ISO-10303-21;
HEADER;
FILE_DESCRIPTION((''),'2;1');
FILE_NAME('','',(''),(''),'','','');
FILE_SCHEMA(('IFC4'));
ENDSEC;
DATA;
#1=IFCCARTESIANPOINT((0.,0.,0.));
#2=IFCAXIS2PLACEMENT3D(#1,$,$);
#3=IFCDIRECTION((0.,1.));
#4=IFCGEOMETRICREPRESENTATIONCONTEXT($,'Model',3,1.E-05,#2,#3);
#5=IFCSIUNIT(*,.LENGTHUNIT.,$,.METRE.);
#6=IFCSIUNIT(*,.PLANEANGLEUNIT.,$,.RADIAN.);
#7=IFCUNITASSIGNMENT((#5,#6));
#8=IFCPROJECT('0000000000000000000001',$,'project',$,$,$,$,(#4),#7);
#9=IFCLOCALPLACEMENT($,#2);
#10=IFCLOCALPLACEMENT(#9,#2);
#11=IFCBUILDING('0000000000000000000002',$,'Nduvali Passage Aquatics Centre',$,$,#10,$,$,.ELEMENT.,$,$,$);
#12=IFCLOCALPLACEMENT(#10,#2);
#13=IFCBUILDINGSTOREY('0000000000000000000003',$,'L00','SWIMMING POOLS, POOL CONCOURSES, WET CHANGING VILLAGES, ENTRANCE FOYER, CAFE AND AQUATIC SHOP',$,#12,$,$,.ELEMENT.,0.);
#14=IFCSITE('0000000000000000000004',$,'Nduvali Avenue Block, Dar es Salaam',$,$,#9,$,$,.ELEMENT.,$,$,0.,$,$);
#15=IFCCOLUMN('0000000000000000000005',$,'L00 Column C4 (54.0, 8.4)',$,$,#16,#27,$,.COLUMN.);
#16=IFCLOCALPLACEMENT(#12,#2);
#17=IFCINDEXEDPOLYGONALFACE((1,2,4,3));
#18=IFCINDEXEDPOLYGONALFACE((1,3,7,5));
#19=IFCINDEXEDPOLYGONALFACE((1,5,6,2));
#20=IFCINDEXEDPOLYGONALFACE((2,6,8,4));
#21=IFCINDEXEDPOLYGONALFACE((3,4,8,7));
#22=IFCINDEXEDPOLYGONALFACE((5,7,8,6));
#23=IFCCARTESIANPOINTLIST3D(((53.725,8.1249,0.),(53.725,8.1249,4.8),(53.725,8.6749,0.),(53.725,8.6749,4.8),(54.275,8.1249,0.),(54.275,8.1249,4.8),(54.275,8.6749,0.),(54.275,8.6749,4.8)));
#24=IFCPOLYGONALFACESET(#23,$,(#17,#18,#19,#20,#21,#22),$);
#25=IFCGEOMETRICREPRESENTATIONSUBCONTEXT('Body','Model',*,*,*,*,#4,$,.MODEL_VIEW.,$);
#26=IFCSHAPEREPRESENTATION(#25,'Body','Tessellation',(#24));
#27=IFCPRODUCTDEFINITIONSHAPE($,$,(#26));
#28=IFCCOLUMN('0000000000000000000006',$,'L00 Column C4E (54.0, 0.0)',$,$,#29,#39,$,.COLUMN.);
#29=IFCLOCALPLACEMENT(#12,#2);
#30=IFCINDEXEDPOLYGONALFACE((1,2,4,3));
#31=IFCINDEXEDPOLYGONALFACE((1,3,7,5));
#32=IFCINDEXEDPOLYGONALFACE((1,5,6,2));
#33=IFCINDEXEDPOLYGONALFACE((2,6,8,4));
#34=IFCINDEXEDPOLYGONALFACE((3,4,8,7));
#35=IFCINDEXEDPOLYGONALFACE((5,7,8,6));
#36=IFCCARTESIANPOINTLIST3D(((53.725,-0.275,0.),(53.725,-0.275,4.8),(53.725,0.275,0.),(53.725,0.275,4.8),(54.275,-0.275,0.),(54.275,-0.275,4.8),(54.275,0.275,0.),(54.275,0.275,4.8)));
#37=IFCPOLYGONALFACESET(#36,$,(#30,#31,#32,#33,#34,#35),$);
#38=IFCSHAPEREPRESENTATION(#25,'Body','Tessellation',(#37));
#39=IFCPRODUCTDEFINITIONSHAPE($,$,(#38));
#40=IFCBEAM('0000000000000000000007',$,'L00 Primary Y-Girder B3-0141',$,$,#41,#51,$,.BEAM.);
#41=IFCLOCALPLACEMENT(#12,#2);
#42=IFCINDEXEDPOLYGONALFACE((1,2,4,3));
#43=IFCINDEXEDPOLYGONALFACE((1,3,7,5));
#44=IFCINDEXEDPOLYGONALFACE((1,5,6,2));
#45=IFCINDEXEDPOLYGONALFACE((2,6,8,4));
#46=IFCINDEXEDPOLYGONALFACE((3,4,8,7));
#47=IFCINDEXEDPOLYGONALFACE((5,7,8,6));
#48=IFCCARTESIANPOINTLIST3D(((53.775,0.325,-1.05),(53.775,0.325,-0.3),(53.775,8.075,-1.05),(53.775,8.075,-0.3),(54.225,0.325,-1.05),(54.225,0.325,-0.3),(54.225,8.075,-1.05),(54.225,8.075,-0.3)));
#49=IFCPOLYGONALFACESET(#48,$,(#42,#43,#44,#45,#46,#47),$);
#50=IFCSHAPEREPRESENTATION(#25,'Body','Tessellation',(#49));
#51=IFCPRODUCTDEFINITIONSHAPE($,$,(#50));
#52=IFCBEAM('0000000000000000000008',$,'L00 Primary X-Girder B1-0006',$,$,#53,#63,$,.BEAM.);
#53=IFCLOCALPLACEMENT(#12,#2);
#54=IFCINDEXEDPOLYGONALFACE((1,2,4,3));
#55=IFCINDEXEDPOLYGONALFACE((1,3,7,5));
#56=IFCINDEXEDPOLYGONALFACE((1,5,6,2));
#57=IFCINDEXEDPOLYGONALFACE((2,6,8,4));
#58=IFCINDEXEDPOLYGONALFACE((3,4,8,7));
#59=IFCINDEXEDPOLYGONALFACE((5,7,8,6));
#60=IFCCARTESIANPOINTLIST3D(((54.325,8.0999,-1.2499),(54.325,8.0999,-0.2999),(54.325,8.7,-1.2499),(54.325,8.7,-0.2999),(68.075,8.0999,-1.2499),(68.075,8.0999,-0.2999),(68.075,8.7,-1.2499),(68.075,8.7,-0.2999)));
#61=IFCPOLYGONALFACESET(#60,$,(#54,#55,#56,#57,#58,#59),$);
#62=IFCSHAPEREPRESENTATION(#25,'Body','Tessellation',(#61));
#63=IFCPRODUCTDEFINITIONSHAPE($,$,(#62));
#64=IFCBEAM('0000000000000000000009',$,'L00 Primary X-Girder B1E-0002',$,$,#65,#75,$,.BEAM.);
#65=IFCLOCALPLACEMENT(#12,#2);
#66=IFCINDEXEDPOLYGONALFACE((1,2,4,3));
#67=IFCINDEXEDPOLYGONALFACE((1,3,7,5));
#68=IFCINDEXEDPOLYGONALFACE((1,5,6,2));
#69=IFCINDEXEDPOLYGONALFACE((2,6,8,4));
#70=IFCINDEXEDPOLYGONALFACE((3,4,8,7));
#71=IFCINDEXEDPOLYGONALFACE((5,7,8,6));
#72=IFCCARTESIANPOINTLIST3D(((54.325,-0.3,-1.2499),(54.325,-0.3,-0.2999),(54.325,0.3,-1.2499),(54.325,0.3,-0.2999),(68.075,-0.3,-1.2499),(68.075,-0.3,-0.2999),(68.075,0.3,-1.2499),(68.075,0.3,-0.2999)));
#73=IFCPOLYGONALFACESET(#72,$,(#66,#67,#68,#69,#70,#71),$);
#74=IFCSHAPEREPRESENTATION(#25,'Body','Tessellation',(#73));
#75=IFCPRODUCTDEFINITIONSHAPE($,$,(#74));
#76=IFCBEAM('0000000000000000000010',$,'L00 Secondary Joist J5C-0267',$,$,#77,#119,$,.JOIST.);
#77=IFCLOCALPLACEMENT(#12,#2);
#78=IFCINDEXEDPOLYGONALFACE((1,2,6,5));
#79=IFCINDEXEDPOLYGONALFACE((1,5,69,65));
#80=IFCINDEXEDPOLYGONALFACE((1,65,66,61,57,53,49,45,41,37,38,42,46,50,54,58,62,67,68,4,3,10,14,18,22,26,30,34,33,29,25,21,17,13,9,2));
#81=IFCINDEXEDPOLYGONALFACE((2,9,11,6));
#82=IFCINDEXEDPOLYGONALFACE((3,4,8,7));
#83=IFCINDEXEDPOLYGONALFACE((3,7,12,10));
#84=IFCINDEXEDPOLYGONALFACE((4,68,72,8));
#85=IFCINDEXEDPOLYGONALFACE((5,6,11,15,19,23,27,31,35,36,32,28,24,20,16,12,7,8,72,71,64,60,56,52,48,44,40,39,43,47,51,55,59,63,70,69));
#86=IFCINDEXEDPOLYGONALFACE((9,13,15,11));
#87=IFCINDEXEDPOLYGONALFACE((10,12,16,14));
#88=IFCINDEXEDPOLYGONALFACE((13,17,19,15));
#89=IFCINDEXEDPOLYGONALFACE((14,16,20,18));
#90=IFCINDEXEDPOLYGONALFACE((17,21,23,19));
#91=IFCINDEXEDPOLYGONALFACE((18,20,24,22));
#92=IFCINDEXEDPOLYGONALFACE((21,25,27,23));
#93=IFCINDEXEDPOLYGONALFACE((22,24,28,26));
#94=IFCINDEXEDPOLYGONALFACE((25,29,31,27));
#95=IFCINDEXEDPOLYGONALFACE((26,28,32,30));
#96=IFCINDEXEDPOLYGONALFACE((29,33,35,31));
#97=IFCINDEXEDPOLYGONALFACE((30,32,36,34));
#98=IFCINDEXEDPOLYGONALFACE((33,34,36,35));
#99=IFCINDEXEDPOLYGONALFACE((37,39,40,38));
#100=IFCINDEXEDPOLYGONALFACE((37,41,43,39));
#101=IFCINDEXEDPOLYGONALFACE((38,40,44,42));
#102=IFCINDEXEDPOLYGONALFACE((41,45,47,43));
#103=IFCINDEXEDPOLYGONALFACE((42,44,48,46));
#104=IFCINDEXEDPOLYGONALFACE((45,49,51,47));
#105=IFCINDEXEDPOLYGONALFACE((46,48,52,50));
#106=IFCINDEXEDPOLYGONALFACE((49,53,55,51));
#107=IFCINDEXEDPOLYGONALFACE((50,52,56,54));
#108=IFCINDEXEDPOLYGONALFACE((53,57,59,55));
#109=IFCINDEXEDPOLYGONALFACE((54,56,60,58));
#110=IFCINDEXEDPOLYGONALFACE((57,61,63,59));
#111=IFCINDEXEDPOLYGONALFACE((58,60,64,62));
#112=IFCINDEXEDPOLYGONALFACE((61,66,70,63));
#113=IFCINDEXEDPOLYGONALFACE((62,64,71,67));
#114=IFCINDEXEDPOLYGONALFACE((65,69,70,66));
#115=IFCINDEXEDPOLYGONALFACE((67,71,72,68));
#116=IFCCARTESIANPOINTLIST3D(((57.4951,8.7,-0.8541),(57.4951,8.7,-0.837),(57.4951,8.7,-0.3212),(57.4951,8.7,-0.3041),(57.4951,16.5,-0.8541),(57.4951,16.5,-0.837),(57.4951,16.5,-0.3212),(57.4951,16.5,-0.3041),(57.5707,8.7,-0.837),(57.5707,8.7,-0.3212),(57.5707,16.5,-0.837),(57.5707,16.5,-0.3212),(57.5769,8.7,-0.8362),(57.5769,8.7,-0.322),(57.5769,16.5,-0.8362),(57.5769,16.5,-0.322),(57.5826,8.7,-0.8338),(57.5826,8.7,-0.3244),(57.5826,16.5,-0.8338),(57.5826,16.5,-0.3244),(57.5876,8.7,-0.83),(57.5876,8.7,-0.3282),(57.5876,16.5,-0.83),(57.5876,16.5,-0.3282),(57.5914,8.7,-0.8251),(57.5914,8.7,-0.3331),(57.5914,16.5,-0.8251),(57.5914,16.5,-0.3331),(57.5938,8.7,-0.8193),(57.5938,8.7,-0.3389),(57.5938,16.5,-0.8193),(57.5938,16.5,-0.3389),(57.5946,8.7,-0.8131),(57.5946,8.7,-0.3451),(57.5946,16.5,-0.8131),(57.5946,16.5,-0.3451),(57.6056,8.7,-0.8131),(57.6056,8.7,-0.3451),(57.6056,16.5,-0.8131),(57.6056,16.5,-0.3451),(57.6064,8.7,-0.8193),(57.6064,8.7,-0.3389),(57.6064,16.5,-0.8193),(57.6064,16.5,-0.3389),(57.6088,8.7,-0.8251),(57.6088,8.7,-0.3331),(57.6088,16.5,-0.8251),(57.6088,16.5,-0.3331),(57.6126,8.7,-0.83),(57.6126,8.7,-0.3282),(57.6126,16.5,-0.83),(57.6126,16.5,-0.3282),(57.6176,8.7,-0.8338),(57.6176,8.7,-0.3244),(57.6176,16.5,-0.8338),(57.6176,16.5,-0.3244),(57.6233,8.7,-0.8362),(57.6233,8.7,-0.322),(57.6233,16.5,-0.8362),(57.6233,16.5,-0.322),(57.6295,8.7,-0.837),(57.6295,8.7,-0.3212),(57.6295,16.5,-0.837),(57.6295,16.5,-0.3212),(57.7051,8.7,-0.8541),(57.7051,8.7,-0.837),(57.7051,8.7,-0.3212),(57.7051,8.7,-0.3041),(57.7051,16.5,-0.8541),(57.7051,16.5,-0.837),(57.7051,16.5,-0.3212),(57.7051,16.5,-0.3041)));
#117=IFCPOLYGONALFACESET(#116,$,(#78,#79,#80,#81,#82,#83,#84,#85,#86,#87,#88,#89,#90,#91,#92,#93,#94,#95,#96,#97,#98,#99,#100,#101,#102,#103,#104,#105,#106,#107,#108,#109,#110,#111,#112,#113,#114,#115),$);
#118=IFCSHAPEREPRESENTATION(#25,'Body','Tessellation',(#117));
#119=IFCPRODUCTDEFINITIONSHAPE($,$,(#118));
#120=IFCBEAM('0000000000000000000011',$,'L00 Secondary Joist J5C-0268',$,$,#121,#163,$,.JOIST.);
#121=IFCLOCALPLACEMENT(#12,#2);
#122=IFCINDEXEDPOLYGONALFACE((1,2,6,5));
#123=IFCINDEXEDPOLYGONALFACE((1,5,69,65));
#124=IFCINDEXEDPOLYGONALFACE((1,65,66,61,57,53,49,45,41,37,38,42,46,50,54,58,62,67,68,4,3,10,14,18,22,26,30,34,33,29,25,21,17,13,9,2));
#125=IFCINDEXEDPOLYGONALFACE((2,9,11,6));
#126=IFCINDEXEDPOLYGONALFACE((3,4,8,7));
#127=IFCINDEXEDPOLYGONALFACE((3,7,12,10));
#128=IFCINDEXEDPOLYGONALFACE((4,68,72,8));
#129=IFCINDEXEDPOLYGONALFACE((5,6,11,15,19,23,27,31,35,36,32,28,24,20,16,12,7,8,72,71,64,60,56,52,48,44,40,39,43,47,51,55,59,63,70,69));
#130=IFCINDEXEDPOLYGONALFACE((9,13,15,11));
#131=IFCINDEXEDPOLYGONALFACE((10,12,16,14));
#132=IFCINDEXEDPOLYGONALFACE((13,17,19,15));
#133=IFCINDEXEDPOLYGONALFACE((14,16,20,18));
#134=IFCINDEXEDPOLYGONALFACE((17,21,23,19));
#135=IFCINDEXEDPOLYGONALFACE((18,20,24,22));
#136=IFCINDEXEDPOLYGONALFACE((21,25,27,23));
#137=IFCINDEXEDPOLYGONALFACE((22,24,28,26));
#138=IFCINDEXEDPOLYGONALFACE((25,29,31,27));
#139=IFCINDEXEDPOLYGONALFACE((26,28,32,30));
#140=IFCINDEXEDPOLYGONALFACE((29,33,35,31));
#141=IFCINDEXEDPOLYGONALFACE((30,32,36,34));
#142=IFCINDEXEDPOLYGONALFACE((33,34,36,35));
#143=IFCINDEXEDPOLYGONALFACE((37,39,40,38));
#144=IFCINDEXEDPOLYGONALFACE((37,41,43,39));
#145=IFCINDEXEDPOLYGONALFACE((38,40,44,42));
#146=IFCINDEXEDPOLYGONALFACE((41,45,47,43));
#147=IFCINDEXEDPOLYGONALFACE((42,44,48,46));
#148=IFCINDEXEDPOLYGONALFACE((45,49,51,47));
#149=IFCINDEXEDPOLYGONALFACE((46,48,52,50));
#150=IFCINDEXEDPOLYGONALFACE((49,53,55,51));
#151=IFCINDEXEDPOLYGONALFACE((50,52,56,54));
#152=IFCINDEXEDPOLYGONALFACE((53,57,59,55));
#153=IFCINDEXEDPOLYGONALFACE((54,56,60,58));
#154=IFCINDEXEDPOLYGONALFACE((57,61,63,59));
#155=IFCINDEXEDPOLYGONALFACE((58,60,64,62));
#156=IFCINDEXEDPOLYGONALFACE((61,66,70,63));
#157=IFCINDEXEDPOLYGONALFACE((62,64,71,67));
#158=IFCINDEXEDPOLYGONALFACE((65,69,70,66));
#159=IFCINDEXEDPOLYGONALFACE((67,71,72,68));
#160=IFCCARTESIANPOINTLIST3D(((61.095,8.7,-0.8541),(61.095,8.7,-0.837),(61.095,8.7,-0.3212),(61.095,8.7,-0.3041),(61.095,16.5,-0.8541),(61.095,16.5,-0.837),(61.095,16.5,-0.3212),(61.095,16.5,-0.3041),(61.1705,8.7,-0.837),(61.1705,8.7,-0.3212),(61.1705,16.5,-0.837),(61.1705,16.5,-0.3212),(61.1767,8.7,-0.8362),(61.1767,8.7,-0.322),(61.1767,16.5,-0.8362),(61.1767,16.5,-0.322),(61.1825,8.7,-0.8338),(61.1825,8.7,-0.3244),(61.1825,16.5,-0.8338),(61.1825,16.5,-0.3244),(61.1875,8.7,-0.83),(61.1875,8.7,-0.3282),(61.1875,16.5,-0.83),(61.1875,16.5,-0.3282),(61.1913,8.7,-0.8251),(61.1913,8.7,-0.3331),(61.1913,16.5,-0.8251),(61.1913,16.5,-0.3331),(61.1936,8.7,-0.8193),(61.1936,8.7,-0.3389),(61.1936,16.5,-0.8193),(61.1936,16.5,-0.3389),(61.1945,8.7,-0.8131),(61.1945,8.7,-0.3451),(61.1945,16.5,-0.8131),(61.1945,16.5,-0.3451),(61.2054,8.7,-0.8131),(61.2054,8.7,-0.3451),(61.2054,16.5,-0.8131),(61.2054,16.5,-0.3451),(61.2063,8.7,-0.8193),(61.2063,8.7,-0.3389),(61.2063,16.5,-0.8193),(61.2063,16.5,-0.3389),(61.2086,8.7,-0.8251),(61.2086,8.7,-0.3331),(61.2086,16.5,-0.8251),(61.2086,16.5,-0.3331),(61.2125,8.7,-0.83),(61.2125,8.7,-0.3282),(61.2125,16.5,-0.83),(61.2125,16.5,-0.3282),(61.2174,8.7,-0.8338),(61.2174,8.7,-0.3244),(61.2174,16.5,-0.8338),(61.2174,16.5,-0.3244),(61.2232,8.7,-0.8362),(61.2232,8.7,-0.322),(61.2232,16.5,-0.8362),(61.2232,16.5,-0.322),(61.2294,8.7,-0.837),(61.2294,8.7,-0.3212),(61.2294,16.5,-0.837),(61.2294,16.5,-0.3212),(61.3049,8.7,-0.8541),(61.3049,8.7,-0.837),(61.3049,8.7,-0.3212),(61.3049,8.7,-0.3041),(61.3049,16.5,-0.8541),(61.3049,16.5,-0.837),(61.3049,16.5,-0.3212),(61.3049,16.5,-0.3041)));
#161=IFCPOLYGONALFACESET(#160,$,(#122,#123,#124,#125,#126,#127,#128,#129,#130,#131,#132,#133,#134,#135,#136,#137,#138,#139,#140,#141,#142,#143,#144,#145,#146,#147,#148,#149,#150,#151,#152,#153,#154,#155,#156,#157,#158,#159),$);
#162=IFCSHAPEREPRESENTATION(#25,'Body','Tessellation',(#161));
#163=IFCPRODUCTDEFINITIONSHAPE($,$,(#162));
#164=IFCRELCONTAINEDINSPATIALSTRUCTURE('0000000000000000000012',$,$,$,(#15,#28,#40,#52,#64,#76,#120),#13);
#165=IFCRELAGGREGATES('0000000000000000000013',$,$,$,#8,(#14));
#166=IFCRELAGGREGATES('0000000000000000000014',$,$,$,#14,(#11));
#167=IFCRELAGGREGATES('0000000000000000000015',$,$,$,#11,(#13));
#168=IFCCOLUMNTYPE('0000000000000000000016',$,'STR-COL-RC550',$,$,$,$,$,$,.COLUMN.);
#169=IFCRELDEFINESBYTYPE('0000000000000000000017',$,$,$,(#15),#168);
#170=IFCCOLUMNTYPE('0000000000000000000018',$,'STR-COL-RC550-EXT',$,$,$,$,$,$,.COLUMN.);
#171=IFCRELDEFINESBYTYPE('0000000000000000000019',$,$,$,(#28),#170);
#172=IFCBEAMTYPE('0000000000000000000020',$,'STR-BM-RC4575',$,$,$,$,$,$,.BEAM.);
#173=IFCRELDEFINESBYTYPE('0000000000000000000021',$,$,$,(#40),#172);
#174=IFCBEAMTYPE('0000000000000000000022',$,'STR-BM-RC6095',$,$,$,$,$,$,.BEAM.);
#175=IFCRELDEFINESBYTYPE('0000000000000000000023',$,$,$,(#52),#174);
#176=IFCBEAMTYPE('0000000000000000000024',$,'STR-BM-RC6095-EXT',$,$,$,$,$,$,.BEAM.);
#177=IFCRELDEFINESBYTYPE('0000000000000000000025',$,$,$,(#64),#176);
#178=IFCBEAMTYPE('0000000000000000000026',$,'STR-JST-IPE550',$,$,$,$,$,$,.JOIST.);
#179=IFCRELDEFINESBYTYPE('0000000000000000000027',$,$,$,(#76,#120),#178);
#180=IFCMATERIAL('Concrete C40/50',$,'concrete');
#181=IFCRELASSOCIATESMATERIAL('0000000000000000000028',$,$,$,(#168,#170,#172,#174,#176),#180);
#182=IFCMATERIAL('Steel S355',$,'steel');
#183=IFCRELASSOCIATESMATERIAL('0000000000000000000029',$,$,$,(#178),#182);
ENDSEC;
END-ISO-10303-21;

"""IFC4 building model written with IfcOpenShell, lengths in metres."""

from ifc_helpers import new_model, si_unit, direction, frame, origin, origin_2d, place, context, subcontext, project, spatial, rectangle, i_section, extrude, material, material_profile, profile_set, type_object, element, save


model = new_model("IFC4")

# Units and contexts
model_context = context("Model", 3, precision=1e-05, world=origin(), true_north=direction((0.0, 1.0)))
body_context = subcontext(model_context, "Body", "Model", "MODEL_VIEW")
ifc_project = project(units=[si_unit("LENGTHUNIT", "METRE"), si_unit("PLANEANGLEUNIT", "RADIAN")], contexts=[model_context])

# Site, building, storey
site_placement = place(None, origin())
site = spatial("IfcSite", under=ifc_project, at=site_placement, Name="Nduvali Avenue Block, Dar es Salaam", CompositionType="ELEMENT", RefElevation=0.0)
building_placement = place(site_placement, origin())
building = spatial("IfcBuilding", under=site, at=building_placement, Name="Nduvali Passage Aquatics Centre", CompositionType="ELEMENT")
storey_placement = place(building_placement, origin())
storey = spatial("IfcBuildingStorey", under=building, at=storey_placement, Name="L00", Description="SWIMMING POOLS, POOL CONCOURSES, WET CHANGING VILLAGES, ENTRANCE FOYER, CAFE AND AQUATIC SHOP", CompositionType="ELEMENT", Elevation=0.0)

# Columns
ifc_material_1 = material(Name="Concrete C40/50", Category="concrete")
ifc_material_profile_1 = material_profile(ifc_material_1, rectangle(XDim=0.55, YDim=0.55, at=origin_2d()), Name="RC 550x550")
ifc_profile_set_1 = profile_set([ifc_material_profile_1], Name="Concrete C40/50")
column_type_1 = type_object("IfcColumnType", Name="STR-COL-RC550", PredefinedType="COLUMN", material=ifc_profile_set_1)
column_1_placement = place(storey_placement, frame((54.0, 8.3999, 0.0), z_axis=(0.0, 0.0, 1.0), x_axis=(1.0, 0.0, 0.0)))
element("IfcColumn", 1, at=column_1_placement, inside=storey, type_object=column_type_1, Name="L00 Column C4 (54.0, 8.4)", PredefinedType="COLUMN", context=body_context, shape_type="SweptSolid", body=[
    extrude(rectangle(XDim=0.55, YDim=0.55, at=origin_2d()), origin(), (0.0, 0.0, 1.0), 4.8),
])
ifc_material_profile_2 = material_profile(ifc_material_1, rectangle(XDim=0.55, YDim=0.55, at=origin_2d()), Name="RC 550x550")
ifc_profile_set_2 = profile_set([ifc_material_profile_2], Name="Concrete C40/50")
column_type_2 = type_object("IfcColumnType", Name="STR-COL-RC550-EXT", PredefinedType="COLUMN", material=ifc_profile_set_2)
column_2_placement = place(storey_placement, frame((54.0, 0.0, 0.0), z_axis=(0.0, 0.0, 1.0), x_axis=(1.0, 0.0, 0.0)))
element("IfcColumn", 2, at=column_2_placement, inside=storey, type_object=column_type_2, Name="L00 Column C4E (54.0, 0.0)", PredefinedType="COLUMN", context=body_context, shape_type="SweptSolid", body=[
    extrude(rectangle(XDim=0.55, YDim=0.55, at=origin_2d()), origin(), (0.0, 0.0, 1.0), 4.8),
])

# Beams
ifc_material_profile_3 = material_profile(ifc_material_1, rectangle(XDim=0.45, YDim=0.75, at=origin_2d()), Name="RC 450x750")
ifc_profile_set_3 = profile_set([ifc_material_profile_3], Name="Concrete C40/50")
beam_type_1 = type_object("IfcBeamType", Name="STR-BM-RC4575", PredefinedType="BEAM", material=ifc_profile_set_3)
beam_1_placement = place(storey_placement, frame((54.0, 0.325, -0.675), z_axis=(0.0, 1.0, 0.0), x_axis=(-1.0, 0.0, 0.0)))
element("IfcBeam", 3, at=beam_1_placement, inside=storey, type_object=beam_type_1, Name="L00 Primary Y-Girder B3-0141", PredefinedType="BEAM", context=body_context, shape_type="SweptSolid", body=[
    extrude(rectangle(XDim=0.45, YDim=0.75, at=origin_2d()), origin(), (0.0, 0.0, 1.0), 7.75),
])
ifc_material_profile_4 = material_profile(ifc_material_1, rectangle(XDim=0.6001, YDim=0.95, at=origin_2d()), Name="RC 600x950")
ifc_profile_set_4 = profile_set([ifc_material_profile_4], Name="Concrete C40/50")
beam_type_2 = type_object("IfcBeamType", Name="STR-BM-RC6095", PredefinedType="BEAM", material=ifc_profile_set_4)
beam_2_placement = place(storey_placement, frame((54.325, 8.3999, -0.7749), z_axis=(1.0, 0.0, 0.0), x_axis=(0.0, 1.0, 0.0)))
element("IfcBeam", 4, at=beam_2_placement, inside=storey, type_object=beam_type_2, Name="L00 Primary X-Girder B1-0006", PredefinedType="BEAM", context=body_context, shape_type="SweptSolid", body=[
    extrude(rectangle(XDim=0.6001, YDim=0.95, at=origin_2d()), origin(), (0.0, 0.0, 1.0), 13.75),
])
ifc_material_profile_5 = material_profile(ifc_material_1, rectangle(XDim=0.6001, YDim=0.95, at=origin_2d()), Name="RC 600x950")
ifc_profile_set_5 = profile_set([ifc_material_profile_5], Name="Concrete C40/50")
beam_type_3 = type_object("IfcBeamType", Name="STR-BM-RC6095-EXT", PredefinedType="BEAM", material=ifc_profile_set_5)
beam_3_placement = place(storey_placement, frame((54.325, 0.0, -0.7749), z_axis=(1.0, 0.0, 0.0), x_axis=(0.0, 1.0, 0.0)))
element("IfcBeam", 5, at=beam_3_placement, inside=storey, type_object=beam_type_3, Name="L00 Primary X-Girder B1E-0002", PredefinedType="BEAM", context=body_context, shape_type="SweptSolid", body=[
    extrude(rectangle(XDim=0.6001, YDim=0.95, at=origin_2d()), origin(), (0.0, 0.0, 1.0), 13.75),
])
ifc_material_2 = material(Name="Steel S355", Category="steel")
ifc_material_profile_6 = material_profile(ifc_material_2, i_section(OverallWidth=0.21, OverallDepth=0.55, WebThickness=0.011, FlangeThickness=0.0171, FilletRadius=0.0239, at=origin_2d()), Name="IPE 550")
ifc_profile_set_6 = profile_set([ifc_material_profile_6], Name="Steel S355")
beam_type_4 = type_object("IfcBeamType", Name="STR-JST-IPE550", PredefinedType="JOIST", material=ifc_profile_set_6)
for number, where, z_axis, x_axis, name in (
    (6, (57.6001, 8.7, -0.5791), (0.0, 1.0, 0.0), (-1.0, 0.0, 0.0), "L00 Secondary Joist J5C-0267"),
    (7, (61.2, 8.7, -0.5791), (0.0, 1.0, 0.0), (-1.0, 0.0, 0.0), "L00 Secondary Joist J5C-0268"),
):
    element("IfcBeam", number, at=place(storey_placement, frame(where, z_axis=z_axis, x_axis=x_axis)), inside=storey, type_object=beam_type_4, Name=name, PredefinedType="JOIST", context=body_context, shape_type="SweptSolid", body=[
        extrude(i_section(OverallWidth=0.21, OverallDepth=0.55, WebThickness=0.011, FlangeThickness=0.0171, FilletRadius=0.0239, at=origin_2d()), origin(), (0.0, 0.0, 1.0), 7.8),
    ])

save(model, "model.ifc")
